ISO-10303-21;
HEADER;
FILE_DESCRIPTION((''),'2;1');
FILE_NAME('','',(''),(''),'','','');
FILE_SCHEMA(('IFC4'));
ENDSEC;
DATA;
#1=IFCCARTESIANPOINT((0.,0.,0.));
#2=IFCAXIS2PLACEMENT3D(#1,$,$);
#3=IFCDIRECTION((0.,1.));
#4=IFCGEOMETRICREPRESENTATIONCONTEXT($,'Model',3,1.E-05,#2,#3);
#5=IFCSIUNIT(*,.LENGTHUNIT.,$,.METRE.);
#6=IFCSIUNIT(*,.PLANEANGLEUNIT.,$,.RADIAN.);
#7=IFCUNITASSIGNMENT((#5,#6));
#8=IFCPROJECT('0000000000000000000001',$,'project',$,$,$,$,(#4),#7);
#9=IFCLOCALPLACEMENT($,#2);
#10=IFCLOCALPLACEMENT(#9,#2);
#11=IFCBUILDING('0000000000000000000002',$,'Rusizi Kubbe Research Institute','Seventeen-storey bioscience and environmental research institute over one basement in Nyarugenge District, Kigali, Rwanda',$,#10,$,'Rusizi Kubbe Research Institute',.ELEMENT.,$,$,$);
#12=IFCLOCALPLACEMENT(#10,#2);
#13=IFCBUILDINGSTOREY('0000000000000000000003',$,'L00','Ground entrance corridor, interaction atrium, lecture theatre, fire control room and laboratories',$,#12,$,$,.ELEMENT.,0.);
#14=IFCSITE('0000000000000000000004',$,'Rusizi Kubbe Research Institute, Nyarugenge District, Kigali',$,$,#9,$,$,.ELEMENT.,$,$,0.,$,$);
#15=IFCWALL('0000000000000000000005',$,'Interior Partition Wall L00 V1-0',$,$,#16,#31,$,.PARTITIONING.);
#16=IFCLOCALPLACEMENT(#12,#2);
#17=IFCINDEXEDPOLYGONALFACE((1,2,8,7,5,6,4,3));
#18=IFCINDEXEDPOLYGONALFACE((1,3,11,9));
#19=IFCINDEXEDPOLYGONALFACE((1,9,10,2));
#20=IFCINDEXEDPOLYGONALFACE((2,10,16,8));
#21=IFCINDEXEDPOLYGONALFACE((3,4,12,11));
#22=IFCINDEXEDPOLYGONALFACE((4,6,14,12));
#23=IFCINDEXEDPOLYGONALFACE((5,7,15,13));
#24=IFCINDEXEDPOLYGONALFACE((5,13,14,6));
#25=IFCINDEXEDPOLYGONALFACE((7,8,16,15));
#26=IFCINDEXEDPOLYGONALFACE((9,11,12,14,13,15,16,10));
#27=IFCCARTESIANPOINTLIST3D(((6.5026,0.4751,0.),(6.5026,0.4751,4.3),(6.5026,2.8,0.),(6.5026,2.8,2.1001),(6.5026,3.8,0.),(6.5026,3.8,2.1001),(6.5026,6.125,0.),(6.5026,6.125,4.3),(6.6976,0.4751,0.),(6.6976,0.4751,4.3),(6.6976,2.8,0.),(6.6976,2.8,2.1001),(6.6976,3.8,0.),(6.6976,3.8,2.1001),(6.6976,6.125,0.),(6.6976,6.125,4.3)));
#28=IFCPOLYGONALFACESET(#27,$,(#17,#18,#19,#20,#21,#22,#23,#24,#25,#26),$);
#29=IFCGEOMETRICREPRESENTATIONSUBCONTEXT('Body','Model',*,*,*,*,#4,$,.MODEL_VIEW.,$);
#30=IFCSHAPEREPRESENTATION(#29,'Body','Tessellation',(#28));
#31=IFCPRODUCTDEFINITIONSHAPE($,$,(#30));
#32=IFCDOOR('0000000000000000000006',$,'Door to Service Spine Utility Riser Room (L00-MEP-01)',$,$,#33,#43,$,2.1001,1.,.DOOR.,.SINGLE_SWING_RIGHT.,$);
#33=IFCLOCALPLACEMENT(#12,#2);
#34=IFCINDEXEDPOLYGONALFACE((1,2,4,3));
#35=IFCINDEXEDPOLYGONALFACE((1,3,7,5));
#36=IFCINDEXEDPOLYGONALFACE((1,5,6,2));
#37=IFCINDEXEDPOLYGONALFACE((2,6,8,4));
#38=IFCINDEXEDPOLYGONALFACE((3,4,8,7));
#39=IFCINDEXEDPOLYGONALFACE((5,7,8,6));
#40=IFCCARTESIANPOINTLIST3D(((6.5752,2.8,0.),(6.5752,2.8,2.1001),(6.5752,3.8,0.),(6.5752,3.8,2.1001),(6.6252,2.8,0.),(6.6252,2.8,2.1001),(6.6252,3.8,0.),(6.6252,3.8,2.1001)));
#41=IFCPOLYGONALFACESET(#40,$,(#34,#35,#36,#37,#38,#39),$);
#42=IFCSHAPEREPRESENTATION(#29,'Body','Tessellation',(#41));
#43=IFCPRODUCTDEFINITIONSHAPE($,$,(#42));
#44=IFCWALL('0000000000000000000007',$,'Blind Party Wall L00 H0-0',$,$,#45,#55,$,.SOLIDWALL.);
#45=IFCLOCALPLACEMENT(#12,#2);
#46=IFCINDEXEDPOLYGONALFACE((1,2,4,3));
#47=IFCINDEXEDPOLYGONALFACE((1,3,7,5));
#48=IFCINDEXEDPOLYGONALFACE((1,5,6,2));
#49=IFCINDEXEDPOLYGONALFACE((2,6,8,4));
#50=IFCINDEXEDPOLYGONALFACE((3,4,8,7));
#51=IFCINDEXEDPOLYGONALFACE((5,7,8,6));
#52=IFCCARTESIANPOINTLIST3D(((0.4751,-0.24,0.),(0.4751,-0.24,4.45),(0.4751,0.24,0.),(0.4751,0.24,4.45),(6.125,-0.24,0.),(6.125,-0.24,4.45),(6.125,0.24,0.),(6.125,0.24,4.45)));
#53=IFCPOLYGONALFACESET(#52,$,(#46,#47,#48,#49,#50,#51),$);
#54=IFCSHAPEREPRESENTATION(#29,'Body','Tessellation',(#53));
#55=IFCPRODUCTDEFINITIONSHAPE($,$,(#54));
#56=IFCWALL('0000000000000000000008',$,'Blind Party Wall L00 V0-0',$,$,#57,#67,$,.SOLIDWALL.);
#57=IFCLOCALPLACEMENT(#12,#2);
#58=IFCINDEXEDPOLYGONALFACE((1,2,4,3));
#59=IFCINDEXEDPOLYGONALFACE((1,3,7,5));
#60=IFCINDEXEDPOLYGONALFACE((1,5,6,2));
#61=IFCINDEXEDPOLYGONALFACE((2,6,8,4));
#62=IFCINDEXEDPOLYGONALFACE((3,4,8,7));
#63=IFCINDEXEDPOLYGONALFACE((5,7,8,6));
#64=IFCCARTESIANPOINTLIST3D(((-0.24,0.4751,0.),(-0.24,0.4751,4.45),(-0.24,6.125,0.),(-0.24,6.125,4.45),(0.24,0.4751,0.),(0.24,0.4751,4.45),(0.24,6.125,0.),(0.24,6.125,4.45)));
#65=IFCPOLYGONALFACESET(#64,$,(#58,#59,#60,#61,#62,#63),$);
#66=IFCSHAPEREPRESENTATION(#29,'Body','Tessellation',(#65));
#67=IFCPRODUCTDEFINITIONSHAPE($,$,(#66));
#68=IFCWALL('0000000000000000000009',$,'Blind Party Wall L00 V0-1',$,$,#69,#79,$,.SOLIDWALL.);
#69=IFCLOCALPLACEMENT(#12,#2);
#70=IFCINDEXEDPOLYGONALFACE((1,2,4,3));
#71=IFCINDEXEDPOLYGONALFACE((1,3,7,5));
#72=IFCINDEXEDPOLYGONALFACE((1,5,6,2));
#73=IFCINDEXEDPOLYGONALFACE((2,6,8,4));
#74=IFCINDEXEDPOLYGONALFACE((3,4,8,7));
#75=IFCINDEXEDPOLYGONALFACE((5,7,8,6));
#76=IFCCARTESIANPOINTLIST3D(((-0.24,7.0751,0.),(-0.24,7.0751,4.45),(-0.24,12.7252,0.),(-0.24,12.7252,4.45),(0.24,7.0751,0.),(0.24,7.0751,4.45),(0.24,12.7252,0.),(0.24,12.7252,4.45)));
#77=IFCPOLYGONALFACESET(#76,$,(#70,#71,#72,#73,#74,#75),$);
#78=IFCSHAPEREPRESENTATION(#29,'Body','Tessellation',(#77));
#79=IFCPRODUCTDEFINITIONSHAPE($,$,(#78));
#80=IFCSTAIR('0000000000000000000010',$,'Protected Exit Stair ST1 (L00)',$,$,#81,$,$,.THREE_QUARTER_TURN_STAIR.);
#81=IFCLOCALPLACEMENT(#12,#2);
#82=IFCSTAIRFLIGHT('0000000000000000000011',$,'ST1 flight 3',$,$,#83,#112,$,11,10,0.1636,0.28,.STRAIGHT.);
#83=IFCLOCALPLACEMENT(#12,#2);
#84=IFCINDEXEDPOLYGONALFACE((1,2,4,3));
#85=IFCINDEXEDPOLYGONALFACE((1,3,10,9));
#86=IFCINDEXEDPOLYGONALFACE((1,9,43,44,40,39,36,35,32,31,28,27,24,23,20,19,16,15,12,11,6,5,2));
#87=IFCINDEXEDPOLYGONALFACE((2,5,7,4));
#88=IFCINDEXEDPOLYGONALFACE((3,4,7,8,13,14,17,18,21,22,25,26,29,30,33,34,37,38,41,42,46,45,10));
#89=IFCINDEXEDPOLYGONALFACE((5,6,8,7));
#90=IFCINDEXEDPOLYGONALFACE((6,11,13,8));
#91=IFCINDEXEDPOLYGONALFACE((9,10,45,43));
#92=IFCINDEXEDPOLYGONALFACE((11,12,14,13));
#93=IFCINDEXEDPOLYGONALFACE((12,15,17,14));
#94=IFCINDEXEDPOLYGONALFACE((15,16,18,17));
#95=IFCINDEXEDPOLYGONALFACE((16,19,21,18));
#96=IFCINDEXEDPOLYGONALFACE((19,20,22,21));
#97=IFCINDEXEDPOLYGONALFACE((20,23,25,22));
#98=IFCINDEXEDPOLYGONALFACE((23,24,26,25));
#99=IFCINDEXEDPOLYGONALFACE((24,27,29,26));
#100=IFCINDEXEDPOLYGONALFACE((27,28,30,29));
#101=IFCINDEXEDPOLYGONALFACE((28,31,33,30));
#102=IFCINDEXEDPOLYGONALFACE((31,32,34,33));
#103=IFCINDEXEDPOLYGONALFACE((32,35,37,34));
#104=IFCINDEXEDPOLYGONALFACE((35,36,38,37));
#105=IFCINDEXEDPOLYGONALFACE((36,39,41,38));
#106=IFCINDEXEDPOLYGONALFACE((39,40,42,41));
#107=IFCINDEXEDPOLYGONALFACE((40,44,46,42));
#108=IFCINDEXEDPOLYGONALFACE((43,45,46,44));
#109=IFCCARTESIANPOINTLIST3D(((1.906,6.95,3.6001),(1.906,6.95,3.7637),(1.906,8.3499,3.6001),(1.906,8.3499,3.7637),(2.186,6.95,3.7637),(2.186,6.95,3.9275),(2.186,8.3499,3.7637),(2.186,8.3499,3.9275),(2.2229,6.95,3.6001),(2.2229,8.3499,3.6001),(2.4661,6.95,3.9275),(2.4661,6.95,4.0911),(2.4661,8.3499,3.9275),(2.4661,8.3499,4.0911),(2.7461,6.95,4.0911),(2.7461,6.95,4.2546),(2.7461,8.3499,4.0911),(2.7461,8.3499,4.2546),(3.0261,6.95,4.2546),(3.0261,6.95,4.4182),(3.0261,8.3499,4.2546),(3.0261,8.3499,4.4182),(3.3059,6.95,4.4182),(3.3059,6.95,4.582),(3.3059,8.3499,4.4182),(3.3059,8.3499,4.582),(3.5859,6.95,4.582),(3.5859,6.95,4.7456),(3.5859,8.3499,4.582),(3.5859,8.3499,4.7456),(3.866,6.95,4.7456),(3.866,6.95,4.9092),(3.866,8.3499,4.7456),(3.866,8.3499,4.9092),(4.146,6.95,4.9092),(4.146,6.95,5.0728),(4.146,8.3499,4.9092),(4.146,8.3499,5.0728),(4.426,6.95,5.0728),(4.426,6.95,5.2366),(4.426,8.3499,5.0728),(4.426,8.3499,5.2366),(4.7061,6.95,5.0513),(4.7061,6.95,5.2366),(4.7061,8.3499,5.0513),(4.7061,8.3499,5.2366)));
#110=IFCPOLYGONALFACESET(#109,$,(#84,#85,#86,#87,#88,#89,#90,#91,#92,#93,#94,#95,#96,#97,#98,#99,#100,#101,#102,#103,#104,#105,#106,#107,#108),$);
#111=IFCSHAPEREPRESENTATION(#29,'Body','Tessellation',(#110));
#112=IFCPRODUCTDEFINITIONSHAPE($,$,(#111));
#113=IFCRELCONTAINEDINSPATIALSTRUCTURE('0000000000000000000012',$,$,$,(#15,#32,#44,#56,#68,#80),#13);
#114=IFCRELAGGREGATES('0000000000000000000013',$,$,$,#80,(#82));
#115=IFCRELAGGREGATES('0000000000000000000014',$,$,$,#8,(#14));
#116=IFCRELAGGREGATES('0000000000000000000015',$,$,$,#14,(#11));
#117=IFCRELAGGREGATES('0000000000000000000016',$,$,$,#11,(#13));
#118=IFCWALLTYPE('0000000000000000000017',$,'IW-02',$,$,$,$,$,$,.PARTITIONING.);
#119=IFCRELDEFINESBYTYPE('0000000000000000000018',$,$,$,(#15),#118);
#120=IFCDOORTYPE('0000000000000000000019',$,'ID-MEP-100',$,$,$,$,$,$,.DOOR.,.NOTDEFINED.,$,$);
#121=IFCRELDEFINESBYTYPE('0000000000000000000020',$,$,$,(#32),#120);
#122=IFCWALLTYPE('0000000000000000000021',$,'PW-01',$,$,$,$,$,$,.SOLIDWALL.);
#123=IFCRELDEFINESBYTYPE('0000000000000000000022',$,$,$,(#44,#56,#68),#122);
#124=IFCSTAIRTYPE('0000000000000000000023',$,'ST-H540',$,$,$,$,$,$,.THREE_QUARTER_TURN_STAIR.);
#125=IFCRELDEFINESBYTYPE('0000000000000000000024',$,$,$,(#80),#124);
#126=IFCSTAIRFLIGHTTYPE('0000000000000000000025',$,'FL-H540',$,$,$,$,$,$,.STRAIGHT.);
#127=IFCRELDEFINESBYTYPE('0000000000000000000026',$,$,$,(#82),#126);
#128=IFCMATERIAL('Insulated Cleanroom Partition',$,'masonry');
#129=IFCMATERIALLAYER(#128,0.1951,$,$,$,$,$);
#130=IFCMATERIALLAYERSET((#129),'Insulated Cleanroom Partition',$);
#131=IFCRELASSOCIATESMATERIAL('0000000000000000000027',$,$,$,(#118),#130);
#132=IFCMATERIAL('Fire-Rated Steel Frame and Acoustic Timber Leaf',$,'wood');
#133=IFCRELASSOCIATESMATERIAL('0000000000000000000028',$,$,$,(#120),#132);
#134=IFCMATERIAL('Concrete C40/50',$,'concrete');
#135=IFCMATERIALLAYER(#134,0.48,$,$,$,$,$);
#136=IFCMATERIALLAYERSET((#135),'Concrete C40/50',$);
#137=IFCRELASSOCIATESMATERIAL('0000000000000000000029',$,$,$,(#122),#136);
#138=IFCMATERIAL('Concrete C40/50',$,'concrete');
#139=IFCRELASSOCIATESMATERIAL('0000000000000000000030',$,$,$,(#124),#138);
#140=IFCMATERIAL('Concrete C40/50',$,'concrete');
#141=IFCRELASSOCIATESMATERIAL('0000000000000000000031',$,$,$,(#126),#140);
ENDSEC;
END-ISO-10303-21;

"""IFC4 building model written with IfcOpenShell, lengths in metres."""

from ifc_helpers import new_model, si_unit, direction, frame, frame_2d, origin, place, context, subcontext, project, spatial, polyline, rectangle, outline, extrude, material, layer, layer_set, type_object, element, fill, aggregate, save


model = new_model("IFC4")

# Units and contexts
model_context = context("Model", 3, precision=1e-05, world=origin(), true_north=direction((0.0, 1.0)))
body_context = subcontext(model_context, "Body", "Model", "MODEL_VIEW")
ifc_project = project(units=[si_unit("LENGTHUNIT", "METRE"), si_unit("PLANEANGLEUNIT", "RADIAN")], contexts=[model_context])

# Site, building, storey
site_placement = place(None, origin())
site = spatial("IfcSite", under=ifc_project, at=site_placement, Name="Rusizi Kubbe Research Institute, Nyarugenge District, Kigali", CompositionType="ELEMENT", RefElevation=0.0)
building_placement = place(site_placement, origin())
building = spatial("IfcBuilding", under=site, at=building_placement, Name="Rusizi Kubbe Research Institute", Description="Seventeen-storey bioscience and environmental research institute over one basement in Nyarugenge District, Kigali, Rwanda", LongName="Rusizi Kubbe Research Institute", CompositionType="ELEMENT")
storey_placement = place(building_placement, origin())
storey = spatial("IfcBuildingStorey", under=building, at=storey_placement, Name="L00", Description="Ground entrance corridor, interaction atrium, lecture theatre, fire control room and laboratories", CompositionType="ELEMENT", Elevation=0.0)

# Wall, opening, door
ifc_material_1 = material(Name="Insulated Cleanroom Partition", Category="masonry")
ifc_layer_1 = layer(ifc_material_1, 0.1951)
ifc_layer_set_1 = layer_set([ifc_layer_1], Name="Insulated Cleanroom Partition")
wall_type_1 = type_object("IfcWallType", Name="IW-02", PredefinedType="PARTITIONING", material=ifc_layer_set_1)
wall_1_placement = place(storey_placement, frame((6.6001, 0.4751, 0.0), z_axis=(0.0, 0.0, 1.0), x_axis=(0.0, 1.0, 0.0)))
wall_1 = element("IfcWall", 1, at=wall_1_placement, inside=storey, type_object=wall_type_1, Name="Interior Partition Wall L00 V1-0", PredefinedType="PARTITIONING", context=body_context, shape_type="SweptSolid", body=[
    extrude(rectangle(XDim=5.6499, YDim=0.1951, at=frame_2d((2.825, 0.0))), origin(), (0.0, 0.0, 1.0), 4.3),
])
opening_1_placement = place(wall_1_placement, frame((2.325, 0.0, 0.0)))
opening_1 = element("IfcOpeningElement", 2, at=opening_1_placement, cuts=wall_1, PredefinedType="OPENING", context=body_context, shape_type="SweptSolid", body=[
    extrude(rectangle(XDim=1.0, YDim=2.1001, at=frame_2d((0.5, 1.05))), frame((0.0, 0.1074, 0.0), z_axis=(0.0, -1.0, 0.0), x_axis=(1.0, 0.0, 0.0)), (0.0, 0.0, 1.0), 0.2151),
])
ifc_material_2 = material(Name="Fire-Rated Steel Frame and Acoustic Timber Leaf", Category="wood")
door_type_1 = type_object("IfcDoorType", Name="ID-MEP-100", OperationType="NOTDEFINED", PredefinedType="DOOR", material=ifc_material_2)
door_1_placement = place(opening_1_placement, origin())
door_1 = element("IfcDoor", 3, at=door_1_placement, inside=storey, type_object=door_type_1, Name="Door to Service Spine Utility Riser Room (L00-MEP-01)", OperationType="SINGLE_SWING_RIGHT", OverallHeight=2.1001, OverallWidth=1.0, PredefinedType="DOOR", context=body_context, shape_type="SweptSolid", body=[
    extrude(rectangle(XDim=1.0, YDim=2.1001, at=frame_2d((0.5, 1.05))), frame((0.0, 0.0249, 0.0), z_axis=(0.0, -1.0, 0.0), x_axis=(1.0, 0.0, 0.0)), (0.0, 0.0, 1.0), 0.05),
])
fill(opening_1, door_1)

# Walls
ifc_material_3 = material(Name="Concrete C40/50", Category="concrete")
ifc_layer_2 = layer(ifc_material_3, 0.48)
ifc_layer_set_2 = layer_set([ifc_layer_2], Name="Concrete C40/50")
wall_type_2 = type_object("IfcWallType", Name="PW-01", PredefinedType="SOLIDWALL", material=ifc_layer_set_2)
for number, where, z_axis, x_axis, name in (
    (4, (0.4751, 0.0, 0.0), (0.0, 0.0, 1.0), (1.0, 0.0, 0.0), "Blind Party Wall L00 H0-0"),
    (5, (0.0, 0.4751, 0.0), (0.0, 0.0, 1.0), (0.0, 1.0, 0.0), "Blind Party Wall L00 V0-0"),
):
    element("IfcWall", number, at=place(storey_placement, frame(where, z_axis=z_axis, x_axis=x_axis)), inside=storey, type_object=wall_type_2, Name=name, PredefinedType="SOLIDWALL", context=body_context, shape_type="SweptSolid", body=[
        extrude(rectangle(XDim=5.6499, YDim=0.48, at=frame_2d((2.825, 0.0))), origin(), (0.0, 0.0, 1.0), 4.45),
    ])
wall_2_placement = place(storey_placement, frame((0.0, 7.075, 0.0), z_axis=(0.0, 0.0, 1.0), x_axis=(0.0, 1.0, 0.0)))
element("IfcWall", 6, at=wall_2_placement, inside=storey, type_object=wall_type_2, Name="Blind Party Wall L00 V0-1", PredefinedType="SOLIDWALL", context=body_context, shape_type="SweptSolid", body=[
    extrude(rectangle(XDim=5.6501, YDim=0.48, at=frame_2d((2.8252, 0.0))), origin(), (0.0, 0.0, 1.0), 4.45),
])

# Stair, stair flight
ifc_material_4 = material(Name="Concrete C40/50", Category="concrete")
stair_type = type_object("IfcStairType", Name="ST-H540", PredefinedType="THREE_QUARTER_TURN_STAIR", material=ifc_material_4)
stair_placement = place(storey_placement, origin())
stair = element("IfcStair", 7, at=stair_placement, inside=storey, type_object=stair_type, Name="Protected Exit Stair ST1 (L00)", PredefinedType="THREE_QUARTER_TURN_STAIR")
ifc_material_5 = material(Name="Concrete C40/50", Category="concrete")
stair_flight_type = type_object("IfcStairFlightType", Name="FL-H540", PredefinedType="STRAIGHT", material=ifc_material_5)
stair_flight_placement = place(storey_placement, frame((1.906, 7.6499, 3.6001), z_axis=(0.0, 0.0, 1.0), x_axis=(1.0, 0.0, 0.0)))
stair_flight = element("IfcStairFlight", 8, at=stair_flight_placement, type_object=stair_flight_type, Name="ST1 flight 3", NumberOfRisers=11, NumberOfTreads=10, PredefinedType="STRAIGHT", RiserHeight=0.1636, TreadLength=0.28, context=body_context, shape_type="SweptSolid", body=[
    extrude(outline(polyline([(0.0, 0.0), (0.0, 0.1636), (0.28, 0.1636), (0.28, 0.3274), (0.5601, 0.3274), (0.5601, 0.491), (0.8401, 0.491), (0.8401, 0.6545), (1.1201, 0.6545), (1.1201, 0.8181), (1.3999, 0.8181), (1.3999, 0.9819), (1.6799, 0.9819), (1.6799, 1.1455), (1.96, 1.1455), (1.96, 1.3091), (2.24, 1.3091), (2.24, 1.4727), (2.52, 1.4727), (2.52, 1.6365), (2.8, 1.6365), (2.8, 1.8), (2.8, 1.4512), (0.3169, 0.0), (0.0, 0.0)])), frame((0.0, 0.7, 0.0), z_axis=(0.0, -1.0, 0.0), x_axis=(1.0, 0.0, 0.0)), (0.0, 0.0, 1.0), 1.3999),
])
aggregate(stair, [stair_flight])

save(model, "model.ifc")
